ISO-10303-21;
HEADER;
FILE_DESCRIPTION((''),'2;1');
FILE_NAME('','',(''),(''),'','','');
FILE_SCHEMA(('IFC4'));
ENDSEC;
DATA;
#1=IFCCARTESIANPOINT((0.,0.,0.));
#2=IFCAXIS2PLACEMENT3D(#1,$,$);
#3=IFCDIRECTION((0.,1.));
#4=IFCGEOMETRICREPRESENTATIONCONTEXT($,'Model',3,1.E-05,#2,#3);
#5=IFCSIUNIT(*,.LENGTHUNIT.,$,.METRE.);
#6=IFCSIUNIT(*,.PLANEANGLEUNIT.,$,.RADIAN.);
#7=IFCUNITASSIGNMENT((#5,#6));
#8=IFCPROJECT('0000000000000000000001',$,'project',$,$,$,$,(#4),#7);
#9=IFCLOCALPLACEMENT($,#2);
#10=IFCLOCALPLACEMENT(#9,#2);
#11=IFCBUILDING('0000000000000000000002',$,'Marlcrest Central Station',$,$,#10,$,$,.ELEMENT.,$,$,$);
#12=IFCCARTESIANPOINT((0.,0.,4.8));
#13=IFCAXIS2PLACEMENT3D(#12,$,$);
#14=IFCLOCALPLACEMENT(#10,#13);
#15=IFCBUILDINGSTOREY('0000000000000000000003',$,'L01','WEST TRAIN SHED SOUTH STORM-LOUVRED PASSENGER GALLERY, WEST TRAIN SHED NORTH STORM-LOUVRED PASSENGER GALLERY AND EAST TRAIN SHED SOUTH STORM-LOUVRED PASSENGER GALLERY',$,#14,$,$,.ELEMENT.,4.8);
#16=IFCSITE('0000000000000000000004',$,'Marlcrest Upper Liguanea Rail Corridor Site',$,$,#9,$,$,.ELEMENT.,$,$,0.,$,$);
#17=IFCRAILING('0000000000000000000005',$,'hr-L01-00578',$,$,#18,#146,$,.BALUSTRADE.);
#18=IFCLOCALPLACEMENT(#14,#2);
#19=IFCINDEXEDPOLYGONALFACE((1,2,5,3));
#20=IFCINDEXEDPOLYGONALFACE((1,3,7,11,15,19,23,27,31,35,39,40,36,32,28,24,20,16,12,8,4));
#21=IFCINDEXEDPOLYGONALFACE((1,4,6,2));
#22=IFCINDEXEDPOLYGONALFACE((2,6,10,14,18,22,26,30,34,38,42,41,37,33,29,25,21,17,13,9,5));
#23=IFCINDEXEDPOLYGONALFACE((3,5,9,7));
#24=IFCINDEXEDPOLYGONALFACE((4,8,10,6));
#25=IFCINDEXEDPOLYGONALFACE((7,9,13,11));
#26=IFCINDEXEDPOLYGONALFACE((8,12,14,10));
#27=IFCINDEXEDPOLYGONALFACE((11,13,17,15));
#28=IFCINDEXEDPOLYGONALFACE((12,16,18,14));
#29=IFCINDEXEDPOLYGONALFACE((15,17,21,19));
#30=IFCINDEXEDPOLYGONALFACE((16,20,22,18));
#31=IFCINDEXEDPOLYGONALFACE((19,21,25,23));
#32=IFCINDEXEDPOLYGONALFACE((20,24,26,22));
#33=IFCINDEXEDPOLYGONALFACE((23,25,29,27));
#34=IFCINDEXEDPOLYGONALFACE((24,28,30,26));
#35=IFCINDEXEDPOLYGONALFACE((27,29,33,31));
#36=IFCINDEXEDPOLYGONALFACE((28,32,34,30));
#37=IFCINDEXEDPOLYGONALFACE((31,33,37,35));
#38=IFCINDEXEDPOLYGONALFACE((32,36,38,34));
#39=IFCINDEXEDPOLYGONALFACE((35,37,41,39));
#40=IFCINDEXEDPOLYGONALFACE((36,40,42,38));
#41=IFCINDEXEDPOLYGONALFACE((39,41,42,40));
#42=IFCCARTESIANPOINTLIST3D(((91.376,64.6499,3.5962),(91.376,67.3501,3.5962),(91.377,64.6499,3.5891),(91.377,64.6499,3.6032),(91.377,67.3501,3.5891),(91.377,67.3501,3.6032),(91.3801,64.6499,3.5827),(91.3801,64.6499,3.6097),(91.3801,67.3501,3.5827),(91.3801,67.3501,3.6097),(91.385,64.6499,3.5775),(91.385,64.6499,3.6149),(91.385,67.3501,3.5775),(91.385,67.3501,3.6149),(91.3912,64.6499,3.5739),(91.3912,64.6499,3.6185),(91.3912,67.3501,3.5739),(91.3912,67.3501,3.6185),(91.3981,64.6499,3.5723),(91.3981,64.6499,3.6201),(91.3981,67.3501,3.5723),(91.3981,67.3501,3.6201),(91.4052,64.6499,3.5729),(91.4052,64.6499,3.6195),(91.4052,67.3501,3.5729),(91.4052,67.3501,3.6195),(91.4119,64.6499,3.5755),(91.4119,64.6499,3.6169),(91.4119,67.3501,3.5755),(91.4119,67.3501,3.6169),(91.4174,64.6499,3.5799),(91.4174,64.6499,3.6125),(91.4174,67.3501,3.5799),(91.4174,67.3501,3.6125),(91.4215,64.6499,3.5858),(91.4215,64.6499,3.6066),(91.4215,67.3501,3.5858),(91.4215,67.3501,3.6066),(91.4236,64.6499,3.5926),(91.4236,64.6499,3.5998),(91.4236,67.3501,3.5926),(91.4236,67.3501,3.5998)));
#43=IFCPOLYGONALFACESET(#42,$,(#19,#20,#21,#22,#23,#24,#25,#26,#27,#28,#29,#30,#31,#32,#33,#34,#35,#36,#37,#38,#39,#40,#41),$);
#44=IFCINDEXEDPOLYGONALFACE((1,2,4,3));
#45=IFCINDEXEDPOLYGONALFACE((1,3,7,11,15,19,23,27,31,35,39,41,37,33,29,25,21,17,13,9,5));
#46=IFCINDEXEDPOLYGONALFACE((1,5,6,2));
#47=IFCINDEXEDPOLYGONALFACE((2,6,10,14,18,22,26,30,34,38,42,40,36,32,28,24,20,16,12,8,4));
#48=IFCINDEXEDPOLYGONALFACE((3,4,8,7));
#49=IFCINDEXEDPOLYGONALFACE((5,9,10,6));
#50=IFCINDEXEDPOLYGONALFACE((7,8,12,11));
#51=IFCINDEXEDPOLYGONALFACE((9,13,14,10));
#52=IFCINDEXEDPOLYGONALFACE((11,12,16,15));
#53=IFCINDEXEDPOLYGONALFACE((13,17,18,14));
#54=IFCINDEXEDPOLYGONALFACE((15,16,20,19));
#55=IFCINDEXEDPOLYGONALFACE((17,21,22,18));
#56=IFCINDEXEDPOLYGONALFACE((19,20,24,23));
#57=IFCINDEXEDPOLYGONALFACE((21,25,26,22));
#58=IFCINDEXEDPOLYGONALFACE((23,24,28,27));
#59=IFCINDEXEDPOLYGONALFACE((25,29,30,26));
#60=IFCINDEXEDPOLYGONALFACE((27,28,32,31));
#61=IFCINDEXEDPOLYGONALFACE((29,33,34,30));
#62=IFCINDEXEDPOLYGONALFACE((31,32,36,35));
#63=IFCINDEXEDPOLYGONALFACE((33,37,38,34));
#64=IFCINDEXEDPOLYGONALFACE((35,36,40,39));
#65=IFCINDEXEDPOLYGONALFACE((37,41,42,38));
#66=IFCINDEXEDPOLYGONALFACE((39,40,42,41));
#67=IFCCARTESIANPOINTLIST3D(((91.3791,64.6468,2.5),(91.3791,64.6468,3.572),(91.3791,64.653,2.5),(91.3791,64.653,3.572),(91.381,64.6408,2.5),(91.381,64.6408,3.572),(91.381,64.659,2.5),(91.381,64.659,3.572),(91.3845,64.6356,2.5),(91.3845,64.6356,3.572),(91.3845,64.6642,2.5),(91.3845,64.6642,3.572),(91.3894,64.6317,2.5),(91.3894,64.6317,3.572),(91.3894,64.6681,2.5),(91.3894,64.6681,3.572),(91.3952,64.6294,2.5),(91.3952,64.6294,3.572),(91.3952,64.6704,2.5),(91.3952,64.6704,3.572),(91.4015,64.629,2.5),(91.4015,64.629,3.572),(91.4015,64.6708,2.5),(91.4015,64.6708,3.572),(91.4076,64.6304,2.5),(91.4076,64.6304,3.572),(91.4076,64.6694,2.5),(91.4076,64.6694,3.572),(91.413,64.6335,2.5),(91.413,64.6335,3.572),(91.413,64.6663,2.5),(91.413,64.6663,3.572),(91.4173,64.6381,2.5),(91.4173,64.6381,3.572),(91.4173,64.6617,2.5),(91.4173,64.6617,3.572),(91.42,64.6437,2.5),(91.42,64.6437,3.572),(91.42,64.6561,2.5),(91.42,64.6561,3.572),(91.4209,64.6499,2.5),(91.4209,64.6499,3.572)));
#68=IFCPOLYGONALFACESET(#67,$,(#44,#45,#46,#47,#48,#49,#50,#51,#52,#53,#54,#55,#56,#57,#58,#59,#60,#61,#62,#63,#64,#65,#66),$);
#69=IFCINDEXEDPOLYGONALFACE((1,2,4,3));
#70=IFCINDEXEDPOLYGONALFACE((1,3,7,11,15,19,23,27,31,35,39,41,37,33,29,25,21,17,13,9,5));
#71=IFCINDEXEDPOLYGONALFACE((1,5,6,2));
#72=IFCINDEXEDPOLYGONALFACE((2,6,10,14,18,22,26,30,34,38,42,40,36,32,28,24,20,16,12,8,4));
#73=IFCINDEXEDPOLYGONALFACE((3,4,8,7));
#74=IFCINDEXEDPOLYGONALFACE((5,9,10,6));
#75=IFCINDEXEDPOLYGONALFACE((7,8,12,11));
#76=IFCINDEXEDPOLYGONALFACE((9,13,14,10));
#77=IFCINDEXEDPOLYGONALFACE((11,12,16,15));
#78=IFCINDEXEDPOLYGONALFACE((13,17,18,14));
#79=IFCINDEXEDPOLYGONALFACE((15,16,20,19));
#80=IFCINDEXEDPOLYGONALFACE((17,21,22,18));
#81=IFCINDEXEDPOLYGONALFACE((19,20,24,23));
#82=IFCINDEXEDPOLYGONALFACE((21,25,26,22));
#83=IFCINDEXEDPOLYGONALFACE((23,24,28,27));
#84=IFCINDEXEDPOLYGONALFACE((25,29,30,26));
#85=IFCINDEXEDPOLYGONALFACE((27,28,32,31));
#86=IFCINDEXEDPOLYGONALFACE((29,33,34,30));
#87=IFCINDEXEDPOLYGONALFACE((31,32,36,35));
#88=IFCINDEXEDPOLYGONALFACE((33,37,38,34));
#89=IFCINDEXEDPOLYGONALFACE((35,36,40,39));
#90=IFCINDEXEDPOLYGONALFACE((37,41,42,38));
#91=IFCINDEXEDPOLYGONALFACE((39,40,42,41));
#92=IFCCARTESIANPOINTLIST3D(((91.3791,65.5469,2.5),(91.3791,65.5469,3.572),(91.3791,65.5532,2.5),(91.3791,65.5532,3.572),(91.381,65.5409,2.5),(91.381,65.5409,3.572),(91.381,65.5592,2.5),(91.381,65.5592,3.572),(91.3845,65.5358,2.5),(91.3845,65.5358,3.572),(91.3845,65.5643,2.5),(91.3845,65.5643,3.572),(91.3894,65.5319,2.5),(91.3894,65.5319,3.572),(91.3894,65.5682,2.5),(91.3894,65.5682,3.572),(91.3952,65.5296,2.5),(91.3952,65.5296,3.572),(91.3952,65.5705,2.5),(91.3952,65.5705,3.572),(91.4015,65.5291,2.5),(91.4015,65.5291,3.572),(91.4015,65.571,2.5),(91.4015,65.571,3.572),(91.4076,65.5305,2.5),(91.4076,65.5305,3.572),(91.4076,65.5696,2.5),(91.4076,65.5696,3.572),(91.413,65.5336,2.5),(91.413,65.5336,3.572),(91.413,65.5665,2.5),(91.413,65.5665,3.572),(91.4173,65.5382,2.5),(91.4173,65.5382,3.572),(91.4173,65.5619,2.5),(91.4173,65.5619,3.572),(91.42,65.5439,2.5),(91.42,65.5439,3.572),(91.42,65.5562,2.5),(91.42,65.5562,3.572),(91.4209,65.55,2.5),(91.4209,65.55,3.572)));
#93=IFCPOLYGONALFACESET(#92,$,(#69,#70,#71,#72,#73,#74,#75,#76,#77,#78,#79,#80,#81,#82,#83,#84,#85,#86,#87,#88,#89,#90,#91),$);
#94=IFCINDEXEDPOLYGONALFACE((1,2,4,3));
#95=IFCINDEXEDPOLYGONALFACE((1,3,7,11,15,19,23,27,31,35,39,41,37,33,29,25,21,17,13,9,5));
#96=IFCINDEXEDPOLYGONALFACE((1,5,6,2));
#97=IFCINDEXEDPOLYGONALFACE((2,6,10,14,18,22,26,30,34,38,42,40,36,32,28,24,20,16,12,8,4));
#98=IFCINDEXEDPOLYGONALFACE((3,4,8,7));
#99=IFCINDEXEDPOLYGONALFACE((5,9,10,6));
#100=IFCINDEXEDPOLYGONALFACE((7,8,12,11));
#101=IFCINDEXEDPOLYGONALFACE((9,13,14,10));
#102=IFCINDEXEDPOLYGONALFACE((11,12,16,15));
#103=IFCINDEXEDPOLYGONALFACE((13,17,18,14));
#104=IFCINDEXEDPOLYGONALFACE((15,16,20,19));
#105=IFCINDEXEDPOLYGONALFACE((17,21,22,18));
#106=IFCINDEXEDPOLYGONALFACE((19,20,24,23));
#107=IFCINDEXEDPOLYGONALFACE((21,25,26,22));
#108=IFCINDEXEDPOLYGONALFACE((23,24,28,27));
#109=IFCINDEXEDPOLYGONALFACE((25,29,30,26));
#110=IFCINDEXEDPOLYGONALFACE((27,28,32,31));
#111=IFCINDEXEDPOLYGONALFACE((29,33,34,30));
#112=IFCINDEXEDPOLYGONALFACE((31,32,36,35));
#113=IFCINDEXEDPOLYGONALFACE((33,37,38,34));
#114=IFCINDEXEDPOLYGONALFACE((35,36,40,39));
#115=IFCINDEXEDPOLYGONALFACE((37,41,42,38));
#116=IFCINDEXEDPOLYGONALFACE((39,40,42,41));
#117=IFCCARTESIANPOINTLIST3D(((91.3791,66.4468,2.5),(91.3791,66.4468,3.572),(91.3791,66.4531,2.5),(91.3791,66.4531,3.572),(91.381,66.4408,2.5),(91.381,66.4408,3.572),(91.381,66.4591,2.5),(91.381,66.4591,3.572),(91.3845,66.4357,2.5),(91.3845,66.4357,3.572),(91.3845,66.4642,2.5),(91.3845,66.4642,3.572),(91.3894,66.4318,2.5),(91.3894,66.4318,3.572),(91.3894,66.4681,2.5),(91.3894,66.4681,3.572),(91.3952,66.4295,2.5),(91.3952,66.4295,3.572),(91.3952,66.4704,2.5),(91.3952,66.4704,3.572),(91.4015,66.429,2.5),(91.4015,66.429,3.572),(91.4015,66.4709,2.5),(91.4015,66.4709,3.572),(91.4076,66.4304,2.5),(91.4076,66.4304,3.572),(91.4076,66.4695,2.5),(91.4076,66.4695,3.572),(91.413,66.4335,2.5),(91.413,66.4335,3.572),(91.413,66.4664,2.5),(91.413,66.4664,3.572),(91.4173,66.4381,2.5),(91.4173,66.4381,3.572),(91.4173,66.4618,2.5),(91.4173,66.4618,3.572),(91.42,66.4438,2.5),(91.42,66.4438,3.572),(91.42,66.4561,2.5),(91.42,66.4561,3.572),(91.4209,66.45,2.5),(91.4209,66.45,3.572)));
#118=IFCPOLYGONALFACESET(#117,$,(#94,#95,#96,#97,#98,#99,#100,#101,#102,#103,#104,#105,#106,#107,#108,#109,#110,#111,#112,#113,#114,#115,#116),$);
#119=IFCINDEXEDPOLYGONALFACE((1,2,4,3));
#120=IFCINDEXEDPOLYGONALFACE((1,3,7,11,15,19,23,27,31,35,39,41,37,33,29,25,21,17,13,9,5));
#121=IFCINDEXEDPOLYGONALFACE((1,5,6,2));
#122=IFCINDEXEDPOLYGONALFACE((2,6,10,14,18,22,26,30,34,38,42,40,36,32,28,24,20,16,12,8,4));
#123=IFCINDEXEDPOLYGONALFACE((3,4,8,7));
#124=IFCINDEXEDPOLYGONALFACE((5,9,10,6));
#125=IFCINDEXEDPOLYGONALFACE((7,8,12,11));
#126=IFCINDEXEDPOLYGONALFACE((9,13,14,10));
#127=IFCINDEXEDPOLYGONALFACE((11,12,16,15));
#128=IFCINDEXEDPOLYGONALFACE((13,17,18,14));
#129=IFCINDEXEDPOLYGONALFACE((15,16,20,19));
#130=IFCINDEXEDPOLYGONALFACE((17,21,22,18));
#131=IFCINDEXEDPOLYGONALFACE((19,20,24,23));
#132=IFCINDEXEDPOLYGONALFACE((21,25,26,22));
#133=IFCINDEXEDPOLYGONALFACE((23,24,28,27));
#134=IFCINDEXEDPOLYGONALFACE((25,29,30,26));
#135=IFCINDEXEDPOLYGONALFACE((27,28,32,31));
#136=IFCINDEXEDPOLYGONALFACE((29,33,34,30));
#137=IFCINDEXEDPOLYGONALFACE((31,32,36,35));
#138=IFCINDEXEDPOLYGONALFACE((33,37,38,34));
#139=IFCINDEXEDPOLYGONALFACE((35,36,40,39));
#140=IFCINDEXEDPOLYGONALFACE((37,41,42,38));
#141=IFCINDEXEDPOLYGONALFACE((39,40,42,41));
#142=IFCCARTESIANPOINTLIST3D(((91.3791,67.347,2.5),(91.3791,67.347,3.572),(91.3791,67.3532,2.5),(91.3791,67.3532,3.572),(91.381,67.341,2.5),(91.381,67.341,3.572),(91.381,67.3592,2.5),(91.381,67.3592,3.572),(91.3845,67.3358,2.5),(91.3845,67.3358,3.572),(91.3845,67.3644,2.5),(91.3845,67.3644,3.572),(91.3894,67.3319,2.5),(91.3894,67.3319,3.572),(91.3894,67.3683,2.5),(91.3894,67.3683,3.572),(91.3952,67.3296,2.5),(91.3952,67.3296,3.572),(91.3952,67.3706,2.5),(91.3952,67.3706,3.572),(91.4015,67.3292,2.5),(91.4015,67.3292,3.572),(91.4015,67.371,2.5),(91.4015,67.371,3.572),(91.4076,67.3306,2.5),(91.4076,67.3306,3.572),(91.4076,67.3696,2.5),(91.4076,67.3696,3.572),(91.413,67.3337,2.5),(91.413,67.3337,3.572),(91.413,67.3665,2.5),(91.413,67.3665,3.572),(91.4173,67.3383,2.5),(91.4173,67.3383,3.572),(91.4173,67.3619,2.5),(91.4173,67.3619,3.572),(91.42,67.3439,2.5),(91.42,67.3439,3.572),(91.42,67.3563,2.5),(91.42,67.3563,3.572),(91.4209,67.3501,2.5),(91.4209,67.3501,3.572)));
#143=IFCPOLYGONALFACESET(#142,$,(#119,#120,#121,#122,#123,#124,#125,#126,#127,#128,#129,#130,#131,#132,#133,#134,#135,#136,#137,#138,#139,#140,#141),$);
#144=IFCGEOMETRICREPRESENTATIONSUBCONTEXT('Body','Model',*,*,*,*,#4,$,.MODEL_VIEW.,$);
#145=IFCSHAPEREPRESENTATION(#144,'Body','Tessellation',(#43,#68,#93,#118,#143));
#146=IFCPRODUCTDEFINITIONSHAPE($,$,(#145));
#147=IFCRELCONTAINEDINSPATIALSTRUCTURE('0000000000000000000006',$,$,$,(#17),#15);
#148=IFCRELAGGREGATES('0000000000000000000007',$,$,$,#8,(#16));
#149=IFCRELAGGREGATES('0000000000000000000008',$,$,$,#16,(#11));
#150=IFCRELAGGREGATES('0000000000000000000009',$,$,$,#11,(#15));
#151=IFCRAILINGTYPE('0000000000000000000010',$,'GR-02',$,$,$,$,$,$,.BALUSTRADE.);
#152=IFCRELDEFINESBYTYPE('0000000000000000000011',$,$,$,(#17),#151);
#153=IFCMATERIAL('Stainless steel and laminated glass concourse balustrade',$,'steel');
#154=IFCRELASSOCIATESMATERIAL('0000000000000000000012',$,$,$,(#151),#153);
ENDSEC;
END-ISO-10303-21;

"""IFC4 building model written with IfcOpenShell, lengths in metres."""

from ifc_helpers import new_model, si_unit, direction, frame, origin, origin_2d, place, context, subcontext, project, spatial, circle, extrude, material, type_object, element, save


model = new_model("IFC4")

# Units and contexts
model_context = context("Model", 3, precision=1e-05, world=origin(), true_north=direction((0.0, 1.0)))
body_context = subcontext(model_context, "Body", "Model", "MODEL_VIEW")
ifc_project = project(units=[si_unit("LENGTHUNIT", "METRE"), si_unit("PLANEANGLEUNIT", "RADIAN")], contexts=[model_context])

# Site, building, storey
site_placement = place(None, origin())
site = spatial("IfcSite", under=ifc_project, at=site_placement, Name="Marlcrest Upper Liguanea Rail Corridor Site", CompositionType="ELEMENT", RefElevation=0.0)
building_placement = place(site_placement, origin())
building = spatial("IfcBuilding", under=site, at=building_placement, Name="Marlcrest Central Station", CompositionType="ELEMENT")
storey_placement = place(building_placement, frame((0.0, 0.0, 4.8)))
storey = spatial("IfcBuildingStorey", under=building, at=storey_placement, Name="L01", Description="WEST TRAIN SHED SOUTH STORM-LOUVRED PASSENGER GALLERY, WEST TRAIN SHED NORTH STORM-LOUVRED PASSENGER GALLERY AND EAST TRAIN SHED SOUTH STORM-LOUVRED PASSENGER GALLERY", CompositionType="ELEMENT", Elevation=4.8)

# Railing
ifc_material_1 = material(Name="Stainless steel and laminated glass concourse balustrade", Category="steel")
railing_type_1 = type_object("IfcRailingType", Name="GR-02", PredefinedType="BALUSTRADE", material=ifc_material_1)
railing_1_placement = place(storey_placement, frame((91.3999, 64.6499, 2.5)))
element("IfcRailing", 1, at=railing_1_placement, inside=storey, type_object=railing_type_1, Name="hr-L01-00578", PredefinedType="BALUSTRADE", context=body_context, shape_type="SweptSolid", body=[
    extrude(circle(Radius=0.0239, at=origin_2d()), frame((0.0, 0.0, 1.0962), z_axis=(0.0, 1.0, 0.0), x_axis=(-1.0, 0.0, 0.0)), (0.0, 0.0, 1.0), 2.7002),
    extrude(circle(Radius=0.021, at=origin_2d()), origin(), (0.0, 0.0, 1.0), 1.072),
    extrude(circle(Radius=0.021, at=origin_2d()), frame((0.0, 0.9001, 0.0)), (0.0, 0.0, 1.0), 1.072),
    extrude(circle(Radius=0.021, at=origin_2d()), frame((0.0, 1.8, 0.0)), (0.0, 0.0, 1.0), 1.072),
    extrude(circle(Radius=0.021, at=origin_2d()), frame((0.0, 2.7002, 0.0)), (0.0, 0.0, 1.0), 1.072),
])

save(model, "model.ifc")
